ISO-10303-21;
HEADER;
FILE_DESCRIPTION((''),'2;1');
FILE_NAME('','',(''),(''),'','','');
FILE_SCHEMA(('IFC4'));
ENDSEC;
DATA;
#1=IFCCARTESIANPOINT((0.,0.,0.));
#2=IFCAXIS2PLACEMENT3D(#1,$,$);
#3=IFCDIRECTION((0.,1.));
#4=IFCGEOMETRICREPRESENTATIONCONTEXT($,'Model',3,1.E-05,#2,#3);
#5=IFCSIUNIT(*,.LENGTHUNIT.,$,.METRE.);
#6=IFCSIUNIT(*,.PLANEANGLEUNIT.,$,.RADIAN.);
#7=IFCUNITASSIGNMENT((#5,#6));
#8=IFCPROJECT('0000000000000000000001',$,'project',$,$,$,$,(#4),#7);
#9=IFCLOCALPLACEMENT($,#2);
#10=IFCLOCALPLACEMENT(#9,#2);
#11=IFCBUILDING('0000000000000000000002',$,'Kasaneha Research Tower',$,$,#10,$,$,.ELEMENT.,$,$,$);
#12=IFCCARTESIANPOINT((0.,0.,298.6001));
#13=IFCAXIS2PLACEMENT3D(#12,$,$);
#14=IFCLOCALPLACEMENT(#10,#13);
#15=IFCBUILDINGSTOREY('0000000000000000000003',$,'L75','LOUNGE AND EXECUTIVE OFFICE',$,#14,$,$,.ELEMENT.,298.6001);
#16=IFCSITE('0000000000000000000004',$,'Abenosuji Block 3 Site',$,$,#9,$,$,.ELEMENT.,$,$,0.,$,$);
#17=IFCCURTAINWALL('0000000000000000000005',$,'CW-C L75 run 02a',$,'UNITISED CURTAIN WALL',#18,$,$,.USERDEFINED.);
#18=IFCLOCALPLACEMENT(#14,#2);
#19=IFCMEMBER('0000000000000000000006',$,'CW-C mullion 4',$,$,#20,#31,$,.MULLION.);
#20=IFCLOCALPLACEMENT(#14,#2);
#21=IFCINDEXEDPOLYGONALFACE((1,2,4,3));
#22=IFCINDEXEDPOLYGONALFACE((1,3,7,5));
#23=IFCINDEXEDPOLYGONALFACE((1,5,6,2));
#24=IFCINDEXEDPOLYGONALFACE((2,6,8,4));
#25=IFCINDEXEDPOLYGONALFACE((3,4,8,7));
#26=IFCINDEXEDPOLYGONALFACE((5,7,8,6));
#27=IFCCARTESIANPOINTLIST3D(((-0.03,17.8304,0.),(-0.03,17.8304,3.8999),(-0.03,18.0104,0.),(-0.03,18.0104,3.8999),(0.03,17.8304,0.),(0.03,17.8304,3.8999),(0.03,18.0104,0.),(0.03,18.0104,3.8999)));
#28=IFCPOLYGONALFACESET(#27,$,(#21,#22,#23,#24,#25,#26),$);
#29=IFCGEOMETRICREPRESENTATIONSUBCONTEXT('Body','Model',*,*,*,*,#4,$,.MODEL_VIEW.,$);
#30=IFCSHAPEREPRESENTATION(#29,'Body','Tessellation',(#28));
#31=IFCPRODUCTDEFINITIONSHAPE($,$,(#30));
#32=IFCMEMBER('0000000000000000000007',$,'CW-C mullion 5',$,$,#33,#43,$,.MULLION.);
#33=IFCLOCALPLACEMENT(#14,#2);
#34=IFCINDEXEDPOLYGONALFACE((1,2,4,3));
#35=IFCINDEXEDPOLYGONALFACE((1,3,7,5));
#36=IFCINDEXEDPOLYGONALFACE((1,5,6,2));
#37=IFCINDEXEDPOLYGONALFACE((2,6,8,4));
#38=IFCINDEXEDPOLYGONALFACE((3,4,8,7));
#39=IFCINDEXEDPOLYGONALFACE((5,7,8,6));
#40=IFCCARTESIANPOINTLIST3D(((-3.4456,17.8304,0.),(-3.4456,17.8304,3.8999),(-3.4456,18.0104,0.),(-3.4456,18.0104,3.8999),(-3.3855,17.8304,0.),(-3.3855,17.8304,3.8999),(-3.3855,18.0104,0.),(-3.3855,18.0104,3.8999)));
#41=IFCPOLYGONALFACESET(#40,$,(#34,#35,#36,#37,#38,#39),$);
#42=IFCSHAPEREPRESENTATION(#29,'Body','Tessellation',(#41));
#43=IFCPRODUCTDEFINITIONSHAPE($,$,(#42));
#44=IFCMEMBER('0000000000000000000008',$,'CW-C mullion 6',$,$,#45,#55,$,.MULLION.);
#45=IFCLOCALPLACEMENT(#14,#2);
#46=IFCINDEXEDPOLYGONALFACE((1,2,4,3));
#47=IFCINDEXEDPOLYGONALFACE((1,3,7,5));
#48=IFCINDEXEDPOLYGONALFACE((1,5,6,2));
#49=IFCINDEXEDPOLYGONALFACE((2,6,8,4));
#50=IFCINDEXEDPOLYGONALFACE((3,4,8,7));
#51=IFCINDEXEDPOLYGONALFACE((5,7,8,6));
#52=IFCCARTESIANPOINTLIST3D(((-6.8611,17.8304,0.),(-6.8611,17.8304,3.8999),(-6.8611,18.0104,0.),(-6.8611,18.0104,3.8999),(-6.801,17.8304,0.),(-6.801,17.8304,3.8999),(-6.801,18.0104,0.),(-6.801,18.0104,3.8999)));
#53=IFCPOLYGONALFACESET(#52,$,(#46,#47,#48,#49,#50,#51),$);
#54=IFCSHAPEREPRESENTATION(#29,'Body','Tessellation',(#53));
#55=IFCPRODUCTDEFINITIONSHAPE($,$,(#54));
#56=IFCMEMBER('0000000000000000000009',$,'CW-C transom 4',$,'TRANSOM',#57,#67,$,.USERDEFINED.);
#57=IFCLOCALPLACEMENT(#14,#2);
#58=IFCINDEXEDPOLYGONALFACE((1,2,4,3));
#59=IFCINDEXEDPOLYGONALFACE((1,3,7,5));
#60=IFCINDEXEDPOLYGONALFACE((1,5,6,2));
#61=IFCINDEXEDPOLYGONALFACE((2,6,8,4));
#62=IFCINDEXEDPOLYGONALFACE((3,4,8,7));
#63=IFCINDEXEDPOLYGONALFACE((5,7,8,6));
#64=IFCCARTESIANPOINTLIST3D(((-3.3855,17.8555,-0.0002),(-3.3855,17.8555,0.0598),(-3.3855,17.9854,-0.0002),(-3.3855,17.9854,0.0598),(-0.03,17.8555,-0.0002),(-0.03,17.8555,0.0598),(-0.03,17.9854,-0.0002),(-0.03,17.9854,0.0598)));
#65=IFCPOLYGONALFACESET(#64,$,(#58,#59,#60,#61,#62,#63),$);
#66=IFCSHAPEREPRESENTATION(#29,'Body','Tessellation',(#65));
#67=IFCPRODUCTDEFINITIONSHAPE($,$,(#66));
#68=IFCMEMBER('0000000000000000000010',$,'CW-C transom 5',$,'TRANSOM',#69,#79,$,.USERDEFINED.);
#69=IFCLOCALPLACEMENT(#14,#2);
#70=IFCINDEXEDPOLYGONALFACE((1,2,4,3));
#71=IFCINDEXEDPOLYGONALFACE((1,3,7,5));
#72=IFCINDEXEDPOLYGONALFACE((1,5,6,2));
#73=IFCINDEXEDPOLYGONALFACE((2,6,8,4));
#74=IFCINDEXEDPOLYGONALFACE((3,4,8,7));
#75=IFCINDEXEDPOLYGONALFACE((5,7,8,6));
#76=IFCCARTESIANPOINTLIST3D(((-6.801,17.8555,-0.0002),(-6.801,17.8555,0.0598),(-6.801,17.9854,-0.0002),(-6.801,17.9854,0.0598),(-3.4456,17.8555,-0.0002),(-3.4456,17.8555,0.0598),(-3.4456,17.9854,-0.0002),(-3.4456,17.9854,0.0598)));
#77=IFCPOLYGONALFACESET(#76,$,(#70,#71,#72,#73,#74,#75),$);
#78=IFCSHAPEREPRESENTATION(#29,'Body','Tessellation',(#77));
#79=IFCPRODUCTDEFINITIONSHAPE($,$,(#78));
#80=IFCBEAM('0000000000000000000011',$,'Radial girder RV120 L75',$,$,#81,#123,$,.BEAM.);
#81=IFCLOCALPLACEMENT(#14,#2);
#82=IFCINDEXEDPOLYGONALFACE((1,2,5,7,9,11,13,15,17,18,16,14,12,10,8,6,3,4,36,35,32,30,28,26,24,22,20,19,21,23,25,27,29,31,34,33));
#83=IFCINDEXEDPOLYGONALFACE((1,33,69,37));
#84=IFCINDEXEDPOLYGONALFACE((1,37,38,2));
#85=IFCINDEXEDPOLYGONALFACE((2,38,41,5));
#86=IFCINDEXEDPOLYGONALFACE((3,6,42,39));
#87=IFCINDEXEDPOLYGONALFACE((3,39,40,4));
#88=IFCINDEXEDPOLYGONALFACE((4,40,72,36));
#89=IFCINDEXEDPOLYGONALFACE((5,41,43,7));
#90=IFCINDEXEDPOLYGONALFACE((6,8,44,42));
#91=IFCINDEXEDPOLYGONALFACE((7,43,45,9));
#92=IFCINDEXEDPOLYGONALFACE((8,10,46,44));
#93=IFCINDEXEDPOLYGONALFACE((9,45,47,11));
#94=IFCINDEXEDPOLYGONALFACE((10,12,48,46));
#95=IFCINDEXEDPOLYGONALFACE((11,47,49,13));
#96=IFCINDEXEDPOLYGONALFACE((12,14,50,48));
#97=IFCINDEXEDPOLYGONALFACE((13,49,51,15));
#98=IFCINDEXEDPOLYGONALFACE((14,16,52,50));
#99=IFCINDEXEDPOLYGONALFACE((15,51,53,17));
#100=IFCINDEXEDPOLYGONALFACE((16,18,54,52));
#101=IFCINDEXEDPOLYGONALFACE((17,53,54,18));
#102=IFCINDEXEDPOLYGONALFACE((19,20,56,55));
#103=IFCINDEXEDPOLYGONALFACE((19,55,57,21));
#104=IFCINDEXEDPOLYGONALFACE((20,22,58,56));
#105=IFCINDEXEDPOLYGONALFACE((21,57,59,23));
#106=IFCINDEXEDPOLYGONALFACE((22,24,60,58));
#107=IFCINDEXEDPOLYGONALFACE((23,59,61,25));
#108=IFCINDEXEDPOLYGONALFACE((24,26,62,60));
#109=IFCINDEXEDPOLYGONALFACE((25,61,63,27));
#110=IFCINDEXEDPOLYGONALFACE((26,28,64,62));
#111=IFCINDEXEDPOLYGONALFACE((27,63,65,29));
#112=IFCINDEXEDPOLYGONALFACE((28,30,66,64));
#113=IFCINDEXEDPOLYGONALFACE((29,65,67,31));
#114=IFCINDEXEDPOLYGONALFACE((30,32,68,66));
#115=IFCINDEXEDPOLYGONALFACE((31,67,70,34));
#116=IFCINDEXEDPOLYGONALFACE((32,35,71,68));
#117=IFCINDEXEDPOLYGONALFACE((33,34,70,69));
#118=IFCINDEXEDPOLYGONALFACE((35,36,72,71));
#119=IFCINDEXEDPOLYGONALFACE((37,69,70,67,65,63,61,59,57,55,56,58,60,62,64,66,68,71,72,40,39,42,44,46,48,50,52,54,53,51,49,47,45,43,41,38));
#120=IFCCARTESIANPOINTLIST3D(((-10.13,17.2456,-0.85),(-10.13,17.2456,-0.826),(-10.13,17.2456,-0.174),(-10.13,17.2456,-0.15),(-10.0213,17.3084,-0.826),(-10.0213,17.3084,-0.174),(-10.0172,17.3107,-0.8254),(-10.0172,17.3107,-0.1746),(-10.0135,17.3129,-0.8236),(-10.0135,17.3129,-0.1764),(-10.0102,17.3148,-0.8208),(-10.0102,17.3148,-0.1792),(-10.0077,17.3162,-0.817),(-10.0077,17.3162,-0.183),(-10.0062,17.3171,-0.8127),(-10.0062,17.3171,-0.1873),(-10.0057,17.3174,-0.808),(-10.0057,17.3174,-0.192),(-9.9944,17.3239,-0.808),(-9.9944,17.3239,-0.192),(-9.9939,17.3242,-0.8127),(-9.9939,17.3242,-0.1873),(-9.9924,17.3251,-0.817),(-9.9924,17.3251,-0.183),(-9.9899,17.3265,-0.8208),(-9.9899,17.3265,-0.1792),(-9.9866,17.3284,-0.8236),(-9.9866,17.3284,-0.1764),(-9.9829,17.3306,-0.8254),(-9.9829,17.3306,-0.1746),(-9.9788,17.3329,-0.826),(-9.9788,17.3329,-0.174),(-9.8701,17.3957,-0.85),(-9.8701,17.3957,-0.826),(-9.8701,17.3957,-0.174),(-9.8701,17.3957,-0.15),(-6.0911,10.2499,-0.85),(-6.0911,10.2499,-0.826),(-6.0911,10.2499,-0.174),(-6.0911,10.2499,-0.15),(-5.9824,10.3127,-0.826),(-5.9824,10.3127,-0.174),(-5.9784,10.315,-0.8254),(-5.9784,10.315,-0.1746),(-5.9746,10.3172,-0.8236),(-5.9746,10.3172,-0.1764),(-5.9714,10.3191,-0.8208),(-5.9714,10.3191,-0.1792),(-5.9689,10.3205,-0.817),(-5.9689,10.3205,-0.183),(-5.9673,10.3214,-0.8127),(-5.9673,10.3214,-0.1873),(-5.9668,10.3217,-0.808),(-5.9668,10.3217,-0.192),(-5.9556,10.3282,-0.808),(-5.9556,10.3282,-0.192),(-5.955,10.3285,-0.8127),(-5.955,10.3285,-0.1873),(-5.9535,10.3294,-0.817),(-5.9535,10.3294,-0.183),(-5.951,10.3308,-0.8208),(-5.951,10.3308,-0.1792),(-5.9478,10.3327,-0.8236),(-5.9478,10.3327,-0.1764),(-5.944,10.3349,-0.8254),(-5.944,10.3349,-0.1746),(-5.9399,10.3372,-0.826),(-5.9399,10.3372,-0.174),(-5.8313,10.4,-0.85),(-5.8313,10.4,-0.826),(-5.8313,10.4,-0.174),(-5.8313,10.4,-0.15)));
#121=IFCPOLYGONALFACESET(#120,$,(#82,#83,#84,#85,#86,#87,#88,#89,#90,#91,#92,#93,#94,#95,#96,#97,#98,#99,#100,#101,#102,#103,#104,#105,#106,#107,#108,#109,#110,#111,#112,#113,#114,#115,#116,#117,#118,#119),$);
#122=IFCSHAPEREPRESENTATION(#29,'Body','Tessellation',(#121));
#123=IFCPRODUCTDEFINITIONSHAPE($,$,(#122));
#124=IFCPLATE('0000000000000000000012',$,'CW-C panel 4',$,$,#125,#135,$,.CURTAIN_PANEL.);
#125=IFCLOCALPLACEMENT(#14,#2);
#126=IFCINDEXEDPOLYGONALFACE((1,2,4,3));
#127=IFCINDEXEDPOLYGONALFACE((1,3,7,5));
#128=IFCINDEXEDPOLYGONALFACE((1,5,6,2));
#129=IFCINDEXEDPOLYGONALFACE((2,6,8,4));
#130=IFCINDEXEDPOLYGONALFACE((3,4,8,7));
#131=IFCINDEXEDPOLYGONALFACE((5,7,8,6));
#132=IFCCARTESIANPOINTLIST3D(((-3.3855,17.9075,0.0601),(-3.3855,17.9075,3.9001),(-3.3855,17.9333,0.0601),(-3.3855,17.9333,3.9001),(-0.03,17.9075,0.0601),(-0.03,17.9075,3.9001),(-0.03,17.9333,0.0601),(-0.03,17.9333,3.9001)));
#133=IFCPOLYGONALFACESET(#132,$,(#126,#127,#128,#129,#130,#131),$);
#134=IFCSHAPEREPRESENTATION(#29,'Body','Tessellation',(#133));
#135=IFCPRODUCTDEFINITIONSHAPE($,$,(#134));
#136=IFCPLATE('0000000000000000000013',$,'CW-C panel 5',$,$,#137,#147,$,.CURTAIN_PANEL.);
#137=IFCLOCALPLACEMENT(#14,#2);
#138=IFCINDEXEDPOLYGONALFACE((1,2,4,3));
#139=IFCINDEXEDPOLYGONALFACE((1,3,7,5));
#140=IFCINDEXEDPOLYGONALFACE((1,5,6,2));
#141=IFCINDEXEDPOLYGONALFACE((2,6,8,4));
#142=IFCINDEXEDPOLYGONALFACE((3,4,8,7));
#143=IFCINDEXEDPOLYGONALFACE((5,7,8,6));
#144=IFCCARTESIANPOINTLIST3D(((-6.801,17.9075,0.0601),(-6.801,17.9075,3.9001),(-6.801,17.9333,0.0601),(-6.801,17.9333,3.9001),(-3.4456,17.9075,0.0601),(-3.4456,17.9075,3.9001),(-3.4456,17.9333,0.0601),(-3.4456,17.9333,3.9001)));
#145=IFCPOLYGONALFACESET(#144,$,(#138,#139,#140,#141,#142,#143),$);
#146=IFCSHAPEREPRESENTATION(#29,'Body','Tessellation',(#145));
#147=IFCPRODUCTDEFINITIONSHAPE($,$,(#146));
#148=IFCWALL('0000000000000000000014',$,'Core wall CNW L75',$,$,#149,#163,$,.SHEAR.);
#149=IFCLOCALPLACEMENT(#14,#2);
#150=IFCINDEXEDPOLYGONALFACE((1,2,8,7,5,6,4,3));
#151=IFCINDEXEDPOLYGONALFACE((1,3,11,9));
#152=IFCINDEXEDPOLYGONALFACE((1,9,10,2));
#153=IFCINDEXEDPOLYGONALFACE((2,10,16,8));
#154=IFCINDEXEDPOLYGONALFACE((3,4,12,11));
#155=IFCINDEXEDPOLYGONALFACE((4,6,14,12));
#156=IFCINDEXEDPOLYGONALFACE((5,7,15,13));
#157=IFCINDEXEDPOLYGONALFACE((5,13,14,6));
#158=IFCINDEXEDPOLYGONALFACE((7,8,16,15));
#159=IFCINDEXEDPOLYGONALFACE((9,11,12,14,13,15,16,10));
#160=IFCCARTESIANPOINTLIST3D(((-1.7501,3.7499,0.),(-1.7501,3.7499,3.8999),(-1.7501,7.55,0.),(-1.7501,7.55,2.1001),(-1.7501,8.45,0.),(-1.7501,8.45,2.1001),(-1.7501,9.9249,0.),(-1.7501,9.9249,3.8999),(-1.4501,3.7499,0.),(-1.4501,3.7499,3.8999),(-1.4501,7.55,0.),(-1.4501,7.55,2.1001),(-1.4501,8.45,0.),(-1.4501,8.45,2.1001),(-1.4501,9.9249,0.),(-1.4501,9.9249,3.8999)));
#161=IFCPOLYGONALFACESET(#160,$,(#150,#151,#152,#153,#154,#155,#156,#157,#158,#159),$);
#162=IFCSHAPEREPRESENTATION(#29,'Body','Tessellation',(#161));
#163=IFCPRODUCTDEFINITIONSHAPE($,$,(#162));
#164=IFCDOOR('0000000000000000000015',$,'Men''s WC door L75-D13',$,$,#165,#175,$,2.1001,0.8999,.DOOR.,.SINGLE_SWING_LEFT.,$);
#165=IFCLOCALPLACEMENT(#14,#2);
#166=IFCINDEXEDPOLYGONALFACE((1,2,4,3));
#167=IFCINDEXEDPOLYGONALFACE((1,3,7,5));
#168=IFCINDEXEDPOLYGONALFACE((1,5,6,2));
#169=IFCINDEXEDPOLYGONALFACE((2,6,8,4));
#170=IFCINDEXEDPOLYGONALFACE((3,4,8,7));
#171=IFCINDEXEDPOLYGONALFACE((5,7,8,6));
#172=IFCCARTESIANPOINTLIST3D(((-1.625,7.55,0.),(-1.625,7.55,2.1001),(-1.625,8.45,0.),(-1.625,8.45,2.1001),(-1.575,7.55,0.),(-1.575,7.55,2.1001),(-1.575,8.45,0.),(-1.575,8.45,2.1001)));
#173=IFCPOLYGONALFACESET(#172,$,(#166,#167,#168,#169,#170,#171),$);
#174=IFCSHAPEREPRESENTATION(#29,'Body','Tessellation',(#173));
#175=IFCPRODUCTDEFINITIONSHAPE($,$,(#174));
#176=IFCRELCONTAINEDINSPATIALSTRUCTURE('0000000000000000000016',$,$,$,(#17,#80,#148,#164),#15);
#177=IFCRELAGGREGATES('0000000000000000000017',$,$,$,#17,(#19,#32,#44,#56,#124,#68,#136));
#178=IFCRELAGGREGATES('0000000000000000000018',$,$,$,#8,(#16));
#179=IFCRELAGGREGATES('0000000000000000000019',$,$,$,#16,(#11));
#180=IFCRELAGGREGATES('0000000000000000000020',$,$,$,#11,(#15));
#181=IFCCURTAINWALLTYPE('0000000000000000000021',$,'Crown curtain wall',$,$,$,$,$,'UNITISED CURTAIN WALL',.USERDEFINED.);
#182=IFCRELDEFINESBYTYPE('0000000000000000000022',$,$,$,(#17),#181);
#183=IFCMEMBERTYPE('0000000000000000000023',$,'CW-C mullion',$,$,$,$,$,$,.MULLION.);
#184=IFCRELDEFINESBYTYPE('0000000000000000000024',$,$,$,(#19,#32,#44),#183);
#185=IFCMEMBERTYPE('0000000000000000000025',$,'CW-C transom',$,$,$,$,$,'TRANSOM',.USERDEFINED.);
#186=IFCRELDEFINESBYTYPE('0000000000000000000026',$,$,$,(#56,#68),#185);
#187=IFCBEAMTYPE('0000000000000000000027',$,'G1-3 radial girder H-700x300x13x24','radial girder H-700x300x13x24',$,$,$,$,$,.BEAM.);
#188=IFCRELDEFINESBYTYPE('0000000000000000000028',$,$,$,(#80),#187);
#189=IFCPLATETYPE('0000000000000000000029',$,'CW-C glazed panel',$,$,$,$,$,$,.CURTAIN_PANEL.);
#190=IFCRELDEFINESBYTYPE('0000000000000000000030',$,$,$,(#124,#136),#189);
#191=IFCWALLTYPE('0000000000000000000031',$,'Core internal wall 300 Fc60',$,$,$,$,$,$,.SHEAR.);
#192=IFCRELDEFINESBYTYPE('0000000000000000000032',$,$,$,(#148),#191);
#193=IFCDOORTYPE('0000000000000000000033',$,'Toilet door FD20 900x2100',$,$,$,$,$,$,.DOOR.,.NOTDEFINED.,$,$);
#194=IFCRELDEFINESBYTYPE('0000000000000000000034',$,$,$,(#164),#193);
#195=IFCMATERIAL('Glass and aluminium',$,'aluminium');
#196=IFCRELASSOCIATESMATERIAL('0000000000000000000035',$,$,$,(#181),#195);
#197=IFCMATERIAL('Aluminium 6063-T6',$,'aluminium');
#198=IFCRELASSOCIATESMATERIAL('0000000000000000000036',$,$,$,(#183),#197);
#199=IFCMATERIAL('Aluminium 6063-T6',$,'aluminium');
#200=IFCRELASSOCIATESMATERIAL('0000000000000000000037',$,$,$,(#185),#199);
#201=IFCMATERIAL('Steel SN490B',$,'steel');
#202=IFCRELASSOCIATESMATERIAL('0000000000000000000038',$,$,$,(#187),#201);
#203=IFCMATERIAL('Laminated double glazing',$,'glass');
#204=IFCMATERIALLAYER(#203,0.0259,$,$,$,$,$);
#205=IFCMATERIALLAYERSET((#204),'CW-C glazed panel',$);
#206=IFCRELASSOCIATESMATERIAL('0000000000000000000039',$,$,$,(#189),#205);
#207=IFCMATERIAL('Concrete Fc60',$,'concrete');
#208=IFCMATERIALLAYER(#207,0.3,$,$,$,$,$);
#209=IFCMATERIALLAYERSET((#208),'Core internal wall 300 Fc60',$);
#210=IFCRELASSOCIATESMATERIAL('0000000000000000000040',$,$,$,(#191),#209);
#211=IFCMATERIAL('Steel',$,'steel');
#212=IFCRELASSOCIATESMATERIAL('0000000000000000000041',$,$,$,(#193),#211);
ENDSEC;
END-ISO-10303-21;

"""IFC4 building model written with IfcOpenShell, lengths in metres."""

from ifc_helpers import new_model, si_unit, direction, frame, frame_2d, origin, origin_2d, place, context, subcontext, project, spatial, rectangle, i_section, extrude, material, layer, layer_set, material_profile, profile_set, type_object, element, fill, aggregate, save


model = new_model("IFC4")

# Units and contexts
model_context = context("Model", 3, precision=1e-05, world=origin(), true_north=direction((0.0, 1.0)))
body_context = subcontext(model_context, "Body", "Model", "MODEL_VIEW")
ifc_project = project(units=[si_unit("LENGTHUNIT", "METRE"), si_unit("PLANEANGLEUNIT", "RADIAN")], contexts=[model_context])

# Site, building, storey
site_placement = place(None, origin())
site = spatial("IfcSite", under=ifc_project, at=site_placement, Name="Abenosuji Block 3 Site", CompositionType="ELEMENT", RefElevation=0.0)
building_placement = place(site_placement, origin())
building = spatial("IfcBuilding", under=site, at=building_placement, Name="Kasaneha Research Tower", CompositionType="ELEMENT")
storey_placement = place(building_placement, frame((0.0, 0.0, 298.6001)))
storey = spatial("IfcBuildingStorey", under=building, at=storey_placement, Name="L75", Description="LOUNGE AND EXECUTIVE OFFICE", CompositionType="ELEMENT", Elevation=298.6001)

# Curtain wall, members
ifc_material_1 = material(Name="Glass and aluminium", Category="aluminium")
curtain_wall_type = type_object("IfcCurtainWallType", Name="Crown curtain wall", ElementType="UNITISED CURTAIN WALL", PredefinedType="USERDEFINED", material=ifc_material_1)
curtain_wall_placement = place(storey_placement, origin())
curtain_wall = element("IfcCurtainWall", 1, at=curtain_wall_placement, inside=storey, type_object=curtain_wall_type, Name="CW-C L75 run 02a", ObjectType="UNITISED CURTAIN WALL", PredefinedType="USERDEFINED")
ifc_material_2 = material(Name="Aluminium 6063-T6", Category="aluminium")
ifc_material_profile_1 = material_profile(ifc_material_2, rectangle(XDim=0.0601, YDim=0.1799, at=origin_2d()), Name="CW-C mullion 60x180")
ifc_profile_set_1 = profile_set([ifc_material_profile_1], Name="Aluminium 6063-T6")
member_type_1 = type_object("IfcMemberType", Name="CW-C mullion", PredefinedType="MULLION", material=ifc_profile_set_1)
member_1_placement = place(storey_placement, frame((0.0, 17.9204, 0.0), z_axis=(0.0, 0.0, 1.0), x_axis=(-1.0, 0.0, 0.0)))
member_1 = element("IfcMember", 2, at=member_1_placement, type_object=member_type_1, Name="CW-C mullion 4", PredefinedType="MULLION", context=body_context, shape_type="SweptSolid", body=[
    extrude(rectangle(XDim=0.0601, YDim=0.1799, at=origin_2d()), origin(), (0.0, 0.0, 1.0), 3.8999),
])
member_2_placement = place(storey_placement, frame((-3.4155, 17.9204, 0.0), z_axis=(0.0, 0.0, 1.0), x_axis=(-1.0, 0.0, 0.0)))
member_2 = element("IfcMember", 3, at=member_2_placement, type_object=member_type_1, Name="CW-C mullion 5", PredefinedType="MULLION", context=body_context, shape_type="SweptSolid", body=[
    extrude(rectangle(XDim=0.0601, YDim=0.1799, at=origin_2d()), origin(), (0.0, 0.0, 1.0), 3.8999),
])
member_3_placement = place(storey_placement, frame((-6.8311, 17.9204, 0.0), z_axis=(0.0, 0.0, 1.0), x_axis=(-1.0, 0.0, 0.0)))
member_3 = element("IfcMember", 4, at=member_3_placement, type_object=member_type_1, Name="CW-C mullion 6", PredefinedType="MULLION", context=body_context, shape_type="SweptSolid", body=[
    extrude(rectangle(XDim=0.0601, YDim=0.1799, at=origin_2d()), origin(), (0.0, 0.0, 1.0), 3.8999),
])
ifc_material_3 = material(Name="Aluminium 6063-T6", Category="aluminium")
ifc_material_profile_2 = material_profile(ifc_material_3, rectangle(XDim=0.1299, YDim=0.0601, at=origin_2d()), Name="CW-C transom 130x60")
ifc_profile_set_2 = profile_set([ifc_material_profile_2], Name="Aluminium 6063-T6")
member_type_2 = type_object("IfcMemberType", Name="CW-C transom", ElementType="TRANSOM", PredefinedType="USERDEFINED", material=ifc_profile_set_2)
member_4_placement = place(storey_placement, frame((-0.03, 17.9204, 0.0298), z_axis=(-1.0, 0.0, 0.0), x_axis=(0.0, -1.0, 0.0)))
member_4 = element("IfcMember", 5, at=member_4_placement, type_object=member_type_2, Name="CW-C transom 4", ObjectType="TRANSOM", PredefinedType="USERDEFINED", context=body_context, shape_type="SweptSolid", body=[
    extrude(rectangle(XDim=0.1299, YDim=0.0601, at=origin_2d()), origin(), (0.0, 0.0, 1.0), 3.3555),
])
member_5_placement = place(storey_placement, frame((-3.4456, 17.9204, 0.0298), z_axis=(-1.0, 0.0, 0.0), x_axis=(0.0, -1.0, 0.0)))
member_5 = element("IfcMember", 6, at=member_5_placement, type_object=member_type_2, Name="CW-C transom 5", ObjectType="TRANSOM", PredefinedType="USERDEFINED", context=body_context, shape_type="SweptSolid", body=[
    extrude(rectangle(XDim=0.1299, YDim=0.0601, at=origin_2d()), origin(), (0.0, 0.0, 1.0), 3.3555),
])

# Beam
ifc_material_4 = material(Name="Steel SN490B", Category="steel")
ifc_material_profile_3 = material_profile(ifc_material_4, i_section(OverallWidth=0.3, OverallDepth=0.7, WebThickness=0.0129, FlangeThickness=0.0239, FilletRadius=0.0181, at=origin_2d()), Name="H-700x300x13x24")
ifc_profile_set_3 = profile_set([ifc_material_profile_3], Name="Steel SN490B")
beam_type = type_object("IfcBeamType", Name="G1-3 radial girder H-700x300x13x24", Description="radial girder H-700x300x13x24", PredefinedType="BEAM", material=ifc_profile_set_3)
beam_placement = place(storey_placement, frame((-5.9612, 10.325, -0.5), z_axis=(-0.499991, 0.866031, 0.0), x_axis=(-0.866031, -0.499991, 0.0)))
element("IfcBeam", 7, at=beam_placement, inside=storey, type_object=beam_type, Name="Radial girder RV120 L75", PredefinedType="BEAM", context=body_context, shape_type="SweptSolid", body=[
    extrude(i_section(OverallWidth=0.3, OverallDepth=0.7, WebThickness=0.0129, FlangeThickness=0.0239, FilletRadius=0.0181, at=origin_2d()), origin(), (0.0, 0.0, 1.0), 8.0779),
])

# Plates
ifc_material_5 = material(Name="Laminated double glazing", Category="glass")
ifc_layer_1 = layer(ifc_material_5, 0.0259)
ifc_layer_set_1 = layer_set([ifc_layer_1], Name="CW-C glazed panel")
plate_type = type_object("IfcPlateType", Name="CW-C glazed panel", PredefinedType="CURTAIN_PANEL", material=ifc_layer_set_1)
plate_1_placement = place(storey_placement, frame((-1.7078, 17.9204, 0.0601), z_axis=(0.0, 0.0, 1.0), x_axis=(-1.0, 0.0, 0.0)))
plate_1 = element("IfcPlate", 8, at=plate_1_placement, type_object=plate_type, Name="CW-C panel 4", PredefinedType="CURTAIN_PANEL", context=body_context, shape_type="SweptSolid", body=[
    extrude(rectangle(XDim=3.3555, YDim=0.0259, at=origin_2d()), origin(), (0.0, 0.0, 1.0), 3.8401),
])
plate_2_placement = place(storey_placement, frame((-5.1233, 17.9204, 0.0601), z_axis=(0.0, 0.0, 1.0), x_axis=(-1.0, 0.0, 0.0)))
plate_2 = element("IfcPlate", 9, at=plate_2_placement, type_object=plate_type, Name="CW-C panel 5", PredefinedType="CURTAIN_PANEL", context=body_context, shape_type="SweptSolid", body=[
    extrude(rectangle(XDim=3.3555, YDim=0.0259, at=origin_2d()), origin(), (0.0, 0.0, 1.0), 3.8401),
])
aggregate(curtain_wall, [member_1, member_2, member_3, member_4, plate_1, member_5, plate_2])

# Wall, opening, door
ifc_material_6 = material(Name="Concrete Fc60", Category="concrete")
ifc_layer_2 = layer(ifc_material_6, 0.3)
ifc_layer_set_2 = layer_set([ifc_layer_2], Name="Core internal wall 300 Fc60")
wall_type_1 = type_object("IfcWallType", Name="Core internal wall 300 Fc60", PredefinedType="SHEAR", material=ifc_layer_set_2)
wall_1_placement = place(storey_placement, frame((-1.6001, 3.75, 0.0), z_axis=(0.0, 0.0, 1.0), x_axis=(0.0, 1.0, 0.0)))
wall_1 = element("IfcWall", 10, at=wall_1_placement, inside=storey, type_object=wall_type_1, Name="Core wall CNW L75", PredefinedType="SHEAR", context=body_context, shape_type="SweptSolid", body=[
    extrude(rectangle(XDim=6.175, YDim=0.3, at=frame_2d((3.0874, 0.0))), origin(), (0.0, 0.0, 1.0), 3.8999),
])
opening_1_placement = place(wall_1_placement, frame((3.8, 0.0, 0.0)))
opening_1 = element("IfcOpeningElement", 11, at=opening_1_placement, cuts=wall_1, PredefinedType="OPENING", context=body_context, shape_type="SweptSolid", body=[
    extrude(rectangle(XDim=0.8999, YDim=2.1001, at=frame_2d((0.45, 1.05))), frame((0.0, 0.1602, 0.0), z_axis=(0.0, -1.0, 0.0), x_axis=(1.0, 0.0, 0.0)), (0.0, 0.0, 1.0), 0.3201),
])
ifc_material_7 = material(Name="Steel", Category="steel")
door_type_1 = type_object("IfcDoorType", Name="Toilet door FD20 900x2100", OperationType="NOTDEFINED", PredefinedType="DOOR", material=ifc_material_7)
door_1_placement = place(opening_1_placement, origin())
door_1 = element("IfcDoor", 12, at=door_1_placement, inside=storey, type_object=door_type_1, Name="Men's WC door L75-D13", OperationType="SINGLE_SWING_LEFT", OverallHeight=2.1001, OverallWidth=0.8999, PredefinedType="DOOR", context=body_context, shape_type="SweptSolid", body=[
    extrude(rectangle(XDim=0.8999, YDim=2.1001, at=frame_2d((0.45, 1.05))), frame((0.0, 0.0249, 0.0), z_axis=(0.0, -1.0, 0.0), x_axis=(1.0, 0.0, 0.0)), (0.0, 0.0, 1.0), 0.05),
])
fill(opening_1, door_1)

save(model, "model.ifc")
